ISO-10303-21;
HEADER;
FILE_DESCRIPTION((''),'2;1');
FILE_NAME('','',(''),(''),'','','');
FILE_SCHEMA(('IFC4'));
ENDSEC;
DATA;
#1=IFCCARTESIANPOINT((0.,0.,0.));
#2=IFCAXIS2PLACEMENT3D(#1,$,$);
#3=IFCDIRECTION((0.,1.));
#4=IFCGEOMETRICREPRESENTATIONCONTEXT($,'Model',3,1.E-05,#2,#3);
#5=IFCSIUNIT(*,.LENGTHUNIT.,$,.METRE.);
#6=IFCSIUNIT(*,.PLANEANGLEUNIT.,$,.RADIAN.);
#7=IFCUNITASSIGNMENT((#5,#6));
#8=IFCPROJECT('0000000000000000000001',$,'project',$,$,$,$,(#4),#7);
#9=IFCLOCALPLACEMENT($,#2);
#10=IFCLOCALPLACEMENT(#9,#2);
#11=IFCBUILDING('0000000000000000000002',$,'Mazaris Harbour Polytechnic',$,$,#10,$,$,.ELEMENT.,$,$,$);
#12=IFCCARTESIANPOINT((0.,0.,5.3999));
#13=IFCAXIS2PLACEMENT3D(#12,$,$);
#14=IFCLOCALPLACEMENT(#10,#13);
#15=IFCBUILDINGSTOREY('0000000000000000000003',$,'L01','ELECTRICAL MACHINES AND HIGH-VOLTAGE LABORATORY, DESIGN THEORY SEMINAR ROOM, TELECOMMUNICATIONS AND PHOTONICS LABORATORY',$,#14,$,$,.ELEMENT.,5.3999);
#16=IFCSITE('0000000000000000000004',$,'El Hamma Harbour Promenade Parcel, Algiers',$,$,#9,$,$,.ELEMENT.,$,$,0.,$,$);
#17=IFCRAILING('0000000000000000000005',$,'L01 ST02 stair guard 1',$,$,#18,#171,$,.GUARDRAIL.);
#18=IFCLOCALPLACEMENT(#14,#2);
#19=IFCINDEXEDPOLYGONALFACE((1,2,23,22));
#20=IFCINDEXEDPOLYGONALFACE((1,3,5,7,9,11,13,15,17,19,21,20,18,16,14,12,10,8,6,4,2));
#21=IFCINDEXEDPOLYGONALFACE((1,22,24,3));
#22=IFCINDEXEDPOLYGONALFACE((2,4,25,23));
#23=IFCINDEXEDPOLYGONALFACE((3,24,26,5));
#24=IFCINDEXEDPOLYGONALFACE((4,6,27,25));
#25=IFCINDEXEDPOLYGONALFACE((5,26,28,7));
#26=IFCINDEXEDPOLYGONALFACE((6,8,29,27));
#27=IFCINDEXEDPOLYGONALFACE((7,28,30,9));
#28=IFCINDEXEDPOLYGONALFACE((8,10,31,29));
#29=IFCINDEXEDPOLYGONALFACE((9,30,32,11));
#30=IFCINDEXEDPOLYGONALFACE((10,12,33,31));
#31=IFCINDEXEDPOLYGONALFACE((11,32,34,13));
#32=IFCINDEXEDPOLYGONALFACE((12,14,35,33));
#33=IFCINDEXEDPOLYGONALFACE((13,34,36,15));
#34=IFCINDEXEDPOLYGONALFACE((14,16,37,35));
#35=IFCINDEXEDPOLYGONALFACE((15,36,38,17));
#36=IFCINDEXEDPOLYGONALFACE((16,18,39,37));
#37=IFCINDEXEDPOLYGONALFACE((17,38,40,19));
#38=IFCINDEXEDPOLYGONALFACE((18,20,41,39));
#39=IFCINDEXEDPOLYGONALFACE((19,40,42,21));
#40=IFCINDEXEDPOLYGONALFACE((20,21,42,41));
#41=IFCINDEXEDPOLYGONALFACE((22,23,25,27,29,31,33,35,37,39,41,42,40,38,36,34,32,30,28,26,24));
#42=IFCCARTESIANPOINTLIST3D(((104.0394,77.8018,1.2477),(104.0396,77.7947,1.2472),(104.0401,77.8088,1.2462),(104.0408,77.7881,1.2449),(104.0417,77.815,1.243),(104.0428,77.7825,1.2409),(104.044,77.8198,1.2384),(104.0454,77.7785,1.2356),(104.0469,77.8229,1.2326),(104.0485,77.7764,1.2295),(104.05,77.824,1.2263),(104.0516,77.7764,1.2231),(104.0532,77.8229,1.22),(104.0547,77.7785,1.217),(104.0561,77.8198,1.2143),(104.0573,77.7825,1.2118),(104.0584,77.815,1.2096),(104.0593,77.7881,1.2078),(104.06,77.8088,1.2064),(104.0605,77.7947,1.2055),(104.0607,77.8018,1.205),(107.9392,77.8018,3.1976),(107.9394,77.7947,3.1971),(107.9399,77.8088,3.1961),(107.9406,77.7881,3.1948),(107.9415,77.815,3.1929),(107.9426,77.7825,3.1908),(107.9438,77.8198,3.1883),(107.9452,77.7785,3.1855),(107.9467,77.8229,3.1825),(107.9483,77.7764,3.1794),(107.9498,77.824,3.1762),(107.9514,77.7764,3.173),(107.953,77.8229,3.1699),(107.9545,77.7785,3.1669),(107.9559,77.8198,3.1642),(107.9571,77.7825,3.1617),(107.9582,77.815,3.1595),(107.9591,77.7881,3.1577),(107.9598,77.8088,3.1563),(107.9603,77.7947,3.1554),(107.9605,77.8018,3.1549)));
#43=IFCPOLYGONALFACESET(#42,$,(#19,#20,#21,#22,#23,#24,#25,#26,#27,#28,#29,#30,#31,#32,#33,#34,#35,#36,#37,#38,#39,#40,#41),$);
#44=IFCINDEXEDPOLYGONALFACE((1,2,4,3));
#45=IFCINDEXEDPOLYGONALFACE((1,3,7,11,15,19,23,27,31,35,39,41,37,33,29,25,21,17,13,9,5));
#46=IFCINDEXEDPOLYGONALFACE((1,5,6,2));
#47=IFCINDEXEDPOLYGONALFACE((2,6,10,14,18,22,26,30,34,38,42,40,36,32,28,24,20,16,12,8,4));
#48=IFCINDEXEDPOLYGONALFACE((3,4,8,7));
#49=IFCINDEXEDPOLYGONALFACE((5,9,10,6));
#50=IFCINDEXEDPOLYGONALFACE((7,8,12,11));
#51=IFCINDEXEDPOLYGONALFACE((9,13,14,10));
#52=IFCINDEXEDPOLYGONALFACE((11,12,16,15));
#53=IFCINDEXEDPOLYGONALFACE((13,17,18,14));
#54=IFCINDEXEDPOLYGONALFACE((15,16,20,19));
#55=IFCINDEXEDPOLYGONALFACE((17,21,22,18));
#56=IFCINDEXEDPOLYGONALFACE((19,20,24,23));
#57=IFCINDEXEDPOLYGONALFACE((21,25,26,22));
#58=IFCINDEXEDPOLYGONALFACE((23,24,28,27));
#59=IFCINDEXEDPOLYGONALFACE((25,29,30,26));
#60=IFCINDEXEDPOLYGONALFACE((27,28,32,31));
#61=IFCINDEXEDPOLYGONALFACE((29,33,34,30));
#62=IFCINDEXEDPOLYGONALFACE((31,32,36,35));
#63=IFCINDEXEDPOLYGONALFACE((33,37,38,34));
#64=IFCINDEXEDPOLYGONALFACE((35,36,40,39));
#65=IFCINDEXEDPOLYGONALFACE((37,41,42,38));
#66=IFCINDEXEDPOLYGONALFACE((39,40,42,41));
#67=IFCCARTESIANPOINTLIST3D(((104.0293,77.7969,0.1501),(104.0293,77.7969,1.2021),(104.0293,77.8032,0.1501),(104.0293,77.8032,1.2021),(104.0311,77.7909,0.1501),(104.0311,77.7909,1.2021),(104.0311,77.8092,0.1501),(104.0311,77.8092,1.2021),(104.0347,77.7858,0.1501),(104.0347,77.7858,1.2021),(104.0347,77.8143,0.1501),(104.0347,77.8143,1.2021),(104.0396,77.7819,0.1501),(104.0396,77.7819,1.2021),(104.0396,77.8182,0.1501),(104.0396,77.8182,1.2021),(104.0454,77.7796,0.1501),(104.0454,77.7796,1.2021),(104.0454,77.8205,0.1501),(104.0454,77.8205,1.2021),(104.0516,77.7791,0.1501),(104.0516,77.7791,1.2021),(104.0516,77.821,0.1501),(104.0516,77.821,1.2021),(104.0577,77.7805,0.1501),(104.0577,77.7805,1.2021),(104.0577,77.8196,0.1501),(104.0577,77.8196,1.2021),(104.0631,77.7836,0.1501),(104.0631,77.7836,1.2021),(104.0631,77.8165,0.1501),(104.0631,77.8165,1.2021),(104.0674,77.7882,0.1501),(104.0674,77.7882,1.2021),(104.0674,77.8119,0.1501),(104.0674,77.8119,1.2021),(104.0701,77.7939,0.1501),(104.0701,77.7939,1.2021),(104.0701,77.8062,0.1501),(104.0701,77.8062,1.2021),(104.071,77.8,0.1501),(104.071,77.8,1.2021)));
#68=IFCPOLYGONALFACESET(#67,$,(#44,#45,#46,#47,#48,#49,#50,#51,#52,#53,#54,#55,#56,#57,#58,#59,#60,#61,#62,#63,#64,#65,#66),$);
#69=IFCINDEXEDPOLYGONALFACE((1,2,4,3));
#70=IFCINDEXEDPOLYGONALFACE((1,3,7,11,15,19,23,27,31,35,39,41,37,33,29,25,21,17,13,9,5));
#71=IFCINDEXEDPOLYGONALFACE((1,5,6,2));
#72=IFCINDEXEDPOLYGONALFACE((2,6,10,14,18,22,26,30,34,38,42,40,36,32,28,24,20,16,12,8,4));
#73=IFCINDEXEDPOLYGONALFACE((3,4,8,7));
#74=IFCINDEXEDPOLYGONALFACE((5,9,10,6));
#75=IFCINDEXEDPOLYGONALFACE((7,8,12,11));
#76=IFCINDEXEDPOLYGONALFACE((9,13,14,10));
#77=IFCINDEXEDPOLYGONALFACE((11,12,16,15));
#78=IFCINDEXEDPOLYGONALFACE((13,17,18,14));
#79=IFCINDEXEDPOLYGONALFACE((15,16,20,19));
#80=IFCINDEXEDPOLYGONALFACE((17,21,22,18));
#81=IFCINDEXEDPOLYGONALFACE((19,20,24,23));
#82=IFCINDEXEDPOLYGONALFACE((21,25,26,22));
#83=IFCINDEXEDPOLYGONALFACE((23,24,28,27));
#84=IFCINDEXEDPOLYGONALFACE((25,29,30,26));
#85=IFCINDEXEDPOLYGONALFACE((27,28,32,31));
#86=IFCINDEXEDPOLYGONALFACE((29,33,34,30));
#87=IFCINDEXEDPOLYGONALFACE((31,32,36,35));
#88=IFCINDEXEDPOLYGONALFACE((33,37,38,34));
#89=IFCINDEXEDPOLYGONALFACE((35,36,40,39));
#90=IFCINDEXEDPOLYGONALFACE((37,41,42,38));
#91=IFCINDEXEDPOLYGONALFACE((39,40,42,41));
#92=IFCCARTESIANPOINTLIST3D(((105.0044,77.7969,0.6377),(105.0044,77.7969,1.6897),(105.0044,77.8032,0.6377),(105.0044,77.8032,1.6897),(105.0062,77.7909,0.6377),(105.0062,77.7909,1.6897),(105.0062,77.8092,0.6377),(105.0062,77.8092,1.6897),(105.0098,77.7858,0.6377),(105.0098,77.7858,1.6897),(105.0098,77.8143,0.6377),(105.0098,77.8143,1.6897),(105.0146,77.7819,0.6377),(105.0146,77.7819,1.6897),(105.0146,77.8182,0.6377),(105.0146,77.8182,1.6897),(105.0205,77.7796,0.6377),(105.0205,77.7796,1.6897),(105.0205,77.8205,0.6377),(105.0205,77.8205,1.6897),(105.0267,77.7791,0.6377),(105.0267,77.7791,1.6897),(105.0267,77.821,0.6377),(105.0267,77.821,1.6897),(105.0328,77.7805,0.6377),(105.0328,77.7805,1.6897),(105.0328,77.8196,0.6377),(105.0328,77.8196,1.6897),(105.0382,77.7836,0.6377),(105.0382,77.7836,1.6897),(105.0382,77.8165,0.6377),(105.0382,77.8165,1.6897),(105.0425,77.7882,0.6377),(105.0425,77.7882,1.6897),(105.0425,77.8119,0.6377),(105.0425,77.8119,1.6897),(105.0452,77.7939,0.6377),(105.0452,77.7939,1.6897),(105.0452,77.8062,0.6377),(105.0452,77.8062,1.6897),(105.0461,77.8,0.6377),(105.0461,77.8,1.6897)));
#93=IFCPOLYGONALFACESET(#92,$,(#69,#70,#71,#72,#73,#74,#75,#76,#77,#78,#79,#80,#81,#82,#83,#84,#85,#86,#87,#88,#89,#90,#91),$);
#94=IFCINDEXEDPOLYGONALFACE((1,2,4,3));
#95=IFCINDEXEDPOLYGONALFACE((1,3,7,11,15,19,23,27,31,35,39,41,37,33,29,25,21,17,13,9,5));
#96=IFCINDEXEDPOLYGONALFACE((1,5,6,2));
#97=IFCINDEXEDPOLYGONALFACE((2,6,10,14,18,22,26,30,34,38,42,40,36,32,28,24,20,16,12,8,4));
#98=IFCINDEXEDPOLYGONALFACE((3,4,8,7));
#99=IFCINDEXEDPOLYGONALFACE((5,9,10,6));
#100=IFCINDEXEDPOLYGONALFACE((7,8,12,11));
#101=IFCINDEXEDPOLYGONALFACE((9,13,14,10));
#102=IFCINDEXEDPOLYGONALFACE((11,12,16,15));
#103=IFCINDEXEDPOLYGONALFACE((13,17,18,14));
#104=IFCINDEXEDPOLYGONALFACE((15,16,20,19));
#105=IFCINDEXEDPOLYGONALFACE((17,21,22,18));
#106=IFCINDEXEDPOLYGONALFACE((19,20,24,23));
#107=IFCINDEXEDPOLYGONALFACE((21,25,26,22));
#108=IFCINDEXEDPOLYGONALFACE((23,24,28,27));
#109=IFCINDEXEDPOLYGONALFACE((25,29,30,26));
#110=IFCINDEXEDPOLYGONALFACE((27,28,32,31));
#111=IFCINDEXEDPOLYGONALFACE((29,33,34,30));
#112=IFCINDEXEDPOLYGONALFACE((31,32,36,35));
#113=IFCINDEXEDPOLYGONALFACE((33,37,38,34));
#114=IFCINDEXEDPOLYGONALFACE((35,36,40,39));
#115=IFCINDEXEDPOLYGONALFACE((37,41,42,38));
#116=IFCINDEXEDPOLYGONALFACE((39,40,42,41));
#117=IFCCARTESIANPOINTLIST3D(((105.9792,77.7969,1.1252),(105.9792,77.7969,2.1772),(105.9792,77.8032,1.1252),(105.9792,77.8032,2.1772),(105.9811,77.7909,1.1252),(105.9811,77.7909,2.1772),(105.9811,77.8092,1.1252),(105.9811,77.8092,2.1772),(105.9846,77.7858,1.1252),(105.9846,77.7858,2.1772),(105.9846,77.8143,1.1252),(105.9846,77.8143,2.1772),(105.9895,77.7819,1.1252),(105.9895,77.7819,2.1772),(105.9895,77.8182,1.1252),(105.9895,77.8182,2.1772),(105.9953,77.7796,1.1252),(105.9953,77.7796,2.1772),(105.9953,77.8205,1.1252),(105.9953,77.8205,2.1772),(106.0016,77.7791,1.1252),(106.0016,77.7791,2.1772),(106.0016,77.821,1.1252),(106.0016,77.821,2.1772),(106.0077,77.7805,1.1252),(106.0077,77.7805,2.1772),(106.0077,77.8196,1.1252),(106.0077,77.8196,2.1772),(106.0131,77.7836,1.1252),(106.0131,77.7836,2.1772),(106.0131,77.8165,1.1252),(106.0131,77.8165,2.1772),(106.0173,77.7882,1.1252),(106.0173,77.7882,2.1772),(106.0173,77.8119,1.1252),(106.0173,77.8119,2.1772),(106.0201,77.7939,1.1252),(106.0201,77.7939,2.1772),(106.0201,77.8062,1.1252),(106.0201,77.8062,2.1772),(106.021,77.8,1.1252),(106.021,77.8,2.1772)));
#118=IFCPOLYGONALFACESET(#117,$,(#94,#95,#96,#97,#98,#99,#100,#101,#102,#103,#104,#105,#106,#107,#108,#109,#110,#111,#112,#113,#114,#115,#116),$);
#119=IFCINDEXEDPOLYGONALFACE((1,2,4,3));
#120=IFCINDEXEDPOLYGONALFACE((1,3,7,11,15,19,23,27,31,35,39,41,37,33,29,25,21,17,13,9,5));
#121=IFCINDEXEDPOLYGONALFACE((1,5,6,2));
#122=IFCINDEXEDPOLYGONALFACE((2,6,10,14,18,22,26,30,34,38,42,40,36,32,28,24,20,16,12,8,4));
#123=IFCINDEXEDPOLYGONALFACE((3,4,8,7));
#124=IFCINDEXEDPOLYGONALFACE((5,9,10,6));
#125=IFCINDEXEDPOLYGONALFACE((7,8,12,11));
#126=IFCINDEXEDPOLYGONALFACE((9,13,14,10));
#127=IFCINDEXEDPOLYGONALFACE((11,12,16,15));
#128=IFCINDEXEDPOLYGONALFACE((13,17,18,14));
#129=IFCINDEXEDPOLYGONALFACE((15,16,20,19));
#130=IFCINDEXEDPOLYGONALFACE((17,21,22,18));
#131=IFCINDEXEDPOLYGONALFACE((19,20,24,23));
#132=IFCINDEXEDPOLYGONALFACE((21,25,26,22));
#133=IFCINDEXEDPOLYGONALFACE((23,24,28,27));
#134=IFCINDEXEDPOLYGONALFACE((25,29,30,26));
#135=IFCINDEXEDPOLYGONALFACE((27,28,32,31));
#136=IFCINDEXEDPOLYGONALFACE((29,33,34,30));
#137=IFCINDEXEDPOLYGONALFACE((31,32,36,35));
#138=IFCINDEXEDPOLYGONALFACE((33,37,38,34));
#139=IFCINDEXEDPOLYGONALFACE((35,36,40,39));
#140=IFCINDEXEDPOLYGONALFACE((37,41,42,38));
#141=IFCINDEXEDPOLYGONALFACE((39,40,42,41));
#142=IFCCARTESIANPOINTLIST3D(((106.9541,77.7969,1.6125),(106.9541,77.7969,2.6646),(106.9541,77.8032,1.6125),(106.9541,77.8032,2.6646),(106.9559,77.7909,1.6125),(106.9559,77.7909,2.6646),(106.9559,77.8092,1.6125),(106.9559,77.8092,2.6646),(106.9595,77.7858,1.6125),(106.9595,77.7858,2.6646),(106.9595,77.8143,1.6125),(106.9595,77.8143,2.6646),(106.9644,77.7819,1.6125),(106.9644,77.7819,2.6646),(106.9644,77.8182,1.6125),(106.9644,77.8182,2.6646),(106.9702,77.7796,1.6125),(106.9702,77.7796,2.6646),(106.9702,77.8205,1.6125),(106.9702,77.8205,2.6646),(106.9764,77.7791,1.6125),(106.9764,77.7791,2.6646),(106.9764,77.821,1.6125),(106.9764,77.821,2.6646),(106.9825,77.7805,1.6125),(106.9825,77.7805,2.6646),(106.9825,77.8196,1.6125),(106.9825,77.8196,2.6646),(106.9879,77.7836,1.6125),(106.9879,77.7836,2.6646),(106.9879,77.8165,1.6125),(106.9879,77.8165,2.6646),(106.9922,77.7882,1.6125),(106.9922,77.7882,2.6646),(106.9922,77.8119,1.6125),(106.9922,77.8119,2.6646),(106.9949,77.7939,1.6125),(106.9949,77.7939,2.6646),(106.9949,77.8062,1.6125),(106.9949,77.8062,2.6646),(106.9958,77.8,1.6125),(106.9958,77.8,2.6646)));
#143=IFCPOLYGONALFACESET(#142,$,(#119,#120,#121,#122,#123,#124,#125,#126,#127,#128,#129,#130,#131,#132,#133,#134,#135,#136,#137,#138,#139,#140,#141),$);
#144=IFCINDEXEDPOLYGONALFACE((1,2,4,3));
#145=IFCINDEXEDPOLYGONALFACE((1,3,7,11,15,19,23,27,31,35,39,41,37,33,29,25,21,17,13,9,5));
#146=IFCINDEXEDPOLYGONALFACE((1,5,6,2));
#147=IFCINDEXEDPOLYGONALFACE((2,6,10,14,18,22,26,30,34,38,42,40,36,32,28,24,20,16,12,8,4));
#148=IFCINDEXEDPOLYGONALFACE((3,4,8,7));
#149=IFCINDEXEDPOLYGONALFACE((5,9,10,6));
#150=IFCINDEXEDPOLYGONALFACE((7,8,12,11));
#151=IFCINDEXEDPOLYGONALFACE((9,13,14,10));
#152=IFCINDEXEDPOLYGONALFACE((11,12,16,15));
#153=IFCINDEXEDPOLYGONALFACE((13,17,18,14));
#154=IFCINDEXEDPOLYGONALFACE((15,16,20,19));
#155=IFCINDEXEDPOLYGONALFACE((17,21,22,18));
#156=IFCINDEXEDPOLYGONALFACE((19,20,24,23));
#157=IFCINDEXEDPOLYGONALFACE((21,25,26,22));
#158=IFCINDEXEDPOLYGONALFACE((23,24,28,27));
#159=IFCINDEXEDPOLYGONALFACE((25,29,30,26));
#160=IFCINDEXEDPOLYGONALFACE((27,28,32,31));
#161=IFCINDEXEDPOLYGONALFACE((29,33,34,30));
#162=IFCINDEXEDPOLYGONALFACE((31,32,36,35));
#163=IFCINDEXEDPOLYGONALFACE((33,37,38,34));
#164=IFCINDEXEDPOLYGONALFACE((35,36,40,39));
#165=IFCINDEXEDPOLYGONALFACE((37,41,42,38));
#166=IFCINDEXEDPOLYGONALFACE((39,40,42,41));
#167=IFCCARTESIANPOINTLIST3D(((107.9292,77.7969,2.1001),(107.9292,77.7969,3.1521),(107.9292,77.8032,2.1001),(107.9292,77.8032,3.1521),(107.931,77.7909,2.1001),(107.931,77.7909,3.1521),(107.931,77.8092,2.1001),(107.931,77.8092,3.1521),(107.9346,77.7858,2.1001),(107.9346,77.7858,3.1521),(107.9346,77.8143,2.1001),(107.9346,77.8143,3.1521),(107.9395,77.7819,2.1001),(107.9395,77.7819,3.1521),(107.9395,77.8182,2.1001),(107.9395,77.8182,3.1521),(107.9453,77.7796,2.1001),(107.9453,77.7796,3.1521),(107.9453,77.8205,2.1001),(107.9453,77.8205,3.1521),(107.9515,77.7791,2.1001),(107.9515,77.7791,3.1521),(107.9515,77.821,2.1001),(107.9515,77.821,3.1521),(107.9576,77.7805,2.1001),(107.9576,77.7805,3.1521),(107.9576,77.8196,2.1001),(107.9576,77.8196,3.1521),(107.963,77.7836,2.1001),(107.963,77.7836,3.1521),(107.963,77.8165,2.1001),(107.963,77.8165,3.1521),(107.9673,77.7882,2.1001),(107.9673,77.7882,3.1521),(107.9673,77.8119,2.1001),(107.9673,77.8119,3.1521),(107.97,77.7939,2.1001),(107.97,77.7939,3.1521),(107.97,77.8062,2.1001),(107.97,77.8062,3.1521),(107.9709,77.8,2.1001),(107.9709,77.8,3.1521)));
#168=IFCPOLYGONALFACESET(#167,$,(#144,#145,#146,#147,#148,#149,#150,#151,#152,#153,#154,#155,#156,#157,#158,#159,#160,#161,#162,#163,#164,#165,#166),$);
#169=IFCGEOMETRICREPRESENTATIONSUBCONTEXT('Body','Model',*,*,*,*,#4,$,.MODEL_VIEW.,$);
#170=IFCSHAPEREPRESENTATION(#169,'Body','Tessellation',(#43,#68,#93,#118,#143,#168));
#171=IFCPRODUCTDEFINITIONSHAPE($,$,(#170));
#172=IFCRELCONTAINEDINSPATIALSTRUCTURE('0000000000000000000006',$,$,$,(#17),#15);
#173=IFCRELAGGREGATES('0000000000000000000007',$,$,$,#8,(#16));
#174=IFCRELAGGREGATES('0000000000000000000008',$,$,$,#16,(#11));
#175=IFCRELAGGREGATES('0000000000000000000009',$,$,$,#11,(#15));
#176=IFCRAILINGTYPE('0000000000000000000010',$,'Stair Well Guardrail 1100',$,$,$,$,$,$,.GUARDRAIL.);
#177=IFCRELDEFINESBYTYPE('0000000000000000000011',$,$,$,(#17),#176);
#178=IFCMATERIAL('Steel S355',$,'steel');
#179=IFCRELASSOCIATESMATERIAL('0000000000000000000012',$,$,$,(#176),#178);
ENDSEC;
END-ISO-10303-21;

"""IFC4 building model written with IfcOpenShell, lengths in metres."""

from ifc_helpers import new_model, si_unit, direction, frame, origin, origin_2d, place, context, subcontext, project, spatial, circle, extrude, material, type_object, element, save


model = new_model("IFC4")

# Units and contexts
model_context = context("Model", 3, precision=1e-05, world=origin(), true_north=direction((0.0, 1.0)))
body_context = subcontext(model_context, "Body", "Model", "MODEL_VIEW")
ifc_project = project(units=[si_unit("LENGTHUNIT", "METRE"), si_unit("PLANEANGLEUNIT", "RADIAN")], contexts=[model_context])

# Site, building, storey
site_placement = place(None, origin())
site = spatial("IfcSite", under=ifc_project, at=site_placement, Name="El Hamma Harbour Promenade Parcel, Algiers", CompositionType="ELEMENT", RefElevation=0.0)
building_placement = place(site_placement, origin())
building = spatial("IfcBuilding", under=site, at=building_placement, Name="Mazaris Harbour Polytechnic", CompositionType="ELEMENT")
storey_placement = place(building_placement, frame((0.0, 0.0, 5.3999)))
storey = spatial("IfcBuildingStorey", under=building, at=storey_placement, Name="L01", Description="ELECTRICAL MACHINES AND HIGH-VOLTAGE LABORATORY, DESIGN THEORY SEMINAR ROOM, TELECOMMUNICATIONS AND PHOTONICS LABORATORY", CompositionType="ELEMENT", Elevation=5.3999)

# Railing
ifc_material_1 = material(Name="Steel S355", Category="steel")
railing_type_1 = type_object("IfcRailingType", Name="Stair Well Guardrail 1100", PredefinedType="GUARDRAIL", material=ifc_material_1)
railing_1_placement = place(storey_placement, frame((104.05, 77.8, 0.1501)))
element("IfcRailing", 1, at=railing_1_placement, inside=storey, type_object=railing_type_1, Name="L01 ST02 stair guard 1", PredefinedType="GUARDRAIL", context=body_context, shape_type="SweptSolid", body=[
    extrude(circle(Radius=0.0239, at=origin_2d()), frame((0.0, 0.0, 1.0762), z_axis=(0.894427, 0.0, 0.447214), x_axis=(0.0, 1.0, 0.0)), (0.0, 0.0, 1.0), 4.3601),
    extrude(circle(Radius=0.021, at=origin_2d()), origin(), (0.0, 0.0, 1.0), 1.052),
    extrude(circle(Radius=0.021, at=origin_2d()), frame((0.9751, 0.0, 0.4875)), (0.0, 0.0, 1.0), 1.052),
    extrude(circle(Radius=0.021, at=origin_2d()), frame((1.95, 0.0, 0.9751)), (0.0, 0.0, 1.0), 1.052),
    extrude(circle(Radius=0.021, at=origin_2d()), frame((2.9248, 0.0, 1.4624)), (0.0, 0.0, 1.0), 1.052),
    extrude(circle(Radius=0.021, at=origin_2d()), frame((3.8999, 0.0, 1.95)), (0.0, 0.0, 1.0), 1.052),
])

save(model, "model.ifc")
